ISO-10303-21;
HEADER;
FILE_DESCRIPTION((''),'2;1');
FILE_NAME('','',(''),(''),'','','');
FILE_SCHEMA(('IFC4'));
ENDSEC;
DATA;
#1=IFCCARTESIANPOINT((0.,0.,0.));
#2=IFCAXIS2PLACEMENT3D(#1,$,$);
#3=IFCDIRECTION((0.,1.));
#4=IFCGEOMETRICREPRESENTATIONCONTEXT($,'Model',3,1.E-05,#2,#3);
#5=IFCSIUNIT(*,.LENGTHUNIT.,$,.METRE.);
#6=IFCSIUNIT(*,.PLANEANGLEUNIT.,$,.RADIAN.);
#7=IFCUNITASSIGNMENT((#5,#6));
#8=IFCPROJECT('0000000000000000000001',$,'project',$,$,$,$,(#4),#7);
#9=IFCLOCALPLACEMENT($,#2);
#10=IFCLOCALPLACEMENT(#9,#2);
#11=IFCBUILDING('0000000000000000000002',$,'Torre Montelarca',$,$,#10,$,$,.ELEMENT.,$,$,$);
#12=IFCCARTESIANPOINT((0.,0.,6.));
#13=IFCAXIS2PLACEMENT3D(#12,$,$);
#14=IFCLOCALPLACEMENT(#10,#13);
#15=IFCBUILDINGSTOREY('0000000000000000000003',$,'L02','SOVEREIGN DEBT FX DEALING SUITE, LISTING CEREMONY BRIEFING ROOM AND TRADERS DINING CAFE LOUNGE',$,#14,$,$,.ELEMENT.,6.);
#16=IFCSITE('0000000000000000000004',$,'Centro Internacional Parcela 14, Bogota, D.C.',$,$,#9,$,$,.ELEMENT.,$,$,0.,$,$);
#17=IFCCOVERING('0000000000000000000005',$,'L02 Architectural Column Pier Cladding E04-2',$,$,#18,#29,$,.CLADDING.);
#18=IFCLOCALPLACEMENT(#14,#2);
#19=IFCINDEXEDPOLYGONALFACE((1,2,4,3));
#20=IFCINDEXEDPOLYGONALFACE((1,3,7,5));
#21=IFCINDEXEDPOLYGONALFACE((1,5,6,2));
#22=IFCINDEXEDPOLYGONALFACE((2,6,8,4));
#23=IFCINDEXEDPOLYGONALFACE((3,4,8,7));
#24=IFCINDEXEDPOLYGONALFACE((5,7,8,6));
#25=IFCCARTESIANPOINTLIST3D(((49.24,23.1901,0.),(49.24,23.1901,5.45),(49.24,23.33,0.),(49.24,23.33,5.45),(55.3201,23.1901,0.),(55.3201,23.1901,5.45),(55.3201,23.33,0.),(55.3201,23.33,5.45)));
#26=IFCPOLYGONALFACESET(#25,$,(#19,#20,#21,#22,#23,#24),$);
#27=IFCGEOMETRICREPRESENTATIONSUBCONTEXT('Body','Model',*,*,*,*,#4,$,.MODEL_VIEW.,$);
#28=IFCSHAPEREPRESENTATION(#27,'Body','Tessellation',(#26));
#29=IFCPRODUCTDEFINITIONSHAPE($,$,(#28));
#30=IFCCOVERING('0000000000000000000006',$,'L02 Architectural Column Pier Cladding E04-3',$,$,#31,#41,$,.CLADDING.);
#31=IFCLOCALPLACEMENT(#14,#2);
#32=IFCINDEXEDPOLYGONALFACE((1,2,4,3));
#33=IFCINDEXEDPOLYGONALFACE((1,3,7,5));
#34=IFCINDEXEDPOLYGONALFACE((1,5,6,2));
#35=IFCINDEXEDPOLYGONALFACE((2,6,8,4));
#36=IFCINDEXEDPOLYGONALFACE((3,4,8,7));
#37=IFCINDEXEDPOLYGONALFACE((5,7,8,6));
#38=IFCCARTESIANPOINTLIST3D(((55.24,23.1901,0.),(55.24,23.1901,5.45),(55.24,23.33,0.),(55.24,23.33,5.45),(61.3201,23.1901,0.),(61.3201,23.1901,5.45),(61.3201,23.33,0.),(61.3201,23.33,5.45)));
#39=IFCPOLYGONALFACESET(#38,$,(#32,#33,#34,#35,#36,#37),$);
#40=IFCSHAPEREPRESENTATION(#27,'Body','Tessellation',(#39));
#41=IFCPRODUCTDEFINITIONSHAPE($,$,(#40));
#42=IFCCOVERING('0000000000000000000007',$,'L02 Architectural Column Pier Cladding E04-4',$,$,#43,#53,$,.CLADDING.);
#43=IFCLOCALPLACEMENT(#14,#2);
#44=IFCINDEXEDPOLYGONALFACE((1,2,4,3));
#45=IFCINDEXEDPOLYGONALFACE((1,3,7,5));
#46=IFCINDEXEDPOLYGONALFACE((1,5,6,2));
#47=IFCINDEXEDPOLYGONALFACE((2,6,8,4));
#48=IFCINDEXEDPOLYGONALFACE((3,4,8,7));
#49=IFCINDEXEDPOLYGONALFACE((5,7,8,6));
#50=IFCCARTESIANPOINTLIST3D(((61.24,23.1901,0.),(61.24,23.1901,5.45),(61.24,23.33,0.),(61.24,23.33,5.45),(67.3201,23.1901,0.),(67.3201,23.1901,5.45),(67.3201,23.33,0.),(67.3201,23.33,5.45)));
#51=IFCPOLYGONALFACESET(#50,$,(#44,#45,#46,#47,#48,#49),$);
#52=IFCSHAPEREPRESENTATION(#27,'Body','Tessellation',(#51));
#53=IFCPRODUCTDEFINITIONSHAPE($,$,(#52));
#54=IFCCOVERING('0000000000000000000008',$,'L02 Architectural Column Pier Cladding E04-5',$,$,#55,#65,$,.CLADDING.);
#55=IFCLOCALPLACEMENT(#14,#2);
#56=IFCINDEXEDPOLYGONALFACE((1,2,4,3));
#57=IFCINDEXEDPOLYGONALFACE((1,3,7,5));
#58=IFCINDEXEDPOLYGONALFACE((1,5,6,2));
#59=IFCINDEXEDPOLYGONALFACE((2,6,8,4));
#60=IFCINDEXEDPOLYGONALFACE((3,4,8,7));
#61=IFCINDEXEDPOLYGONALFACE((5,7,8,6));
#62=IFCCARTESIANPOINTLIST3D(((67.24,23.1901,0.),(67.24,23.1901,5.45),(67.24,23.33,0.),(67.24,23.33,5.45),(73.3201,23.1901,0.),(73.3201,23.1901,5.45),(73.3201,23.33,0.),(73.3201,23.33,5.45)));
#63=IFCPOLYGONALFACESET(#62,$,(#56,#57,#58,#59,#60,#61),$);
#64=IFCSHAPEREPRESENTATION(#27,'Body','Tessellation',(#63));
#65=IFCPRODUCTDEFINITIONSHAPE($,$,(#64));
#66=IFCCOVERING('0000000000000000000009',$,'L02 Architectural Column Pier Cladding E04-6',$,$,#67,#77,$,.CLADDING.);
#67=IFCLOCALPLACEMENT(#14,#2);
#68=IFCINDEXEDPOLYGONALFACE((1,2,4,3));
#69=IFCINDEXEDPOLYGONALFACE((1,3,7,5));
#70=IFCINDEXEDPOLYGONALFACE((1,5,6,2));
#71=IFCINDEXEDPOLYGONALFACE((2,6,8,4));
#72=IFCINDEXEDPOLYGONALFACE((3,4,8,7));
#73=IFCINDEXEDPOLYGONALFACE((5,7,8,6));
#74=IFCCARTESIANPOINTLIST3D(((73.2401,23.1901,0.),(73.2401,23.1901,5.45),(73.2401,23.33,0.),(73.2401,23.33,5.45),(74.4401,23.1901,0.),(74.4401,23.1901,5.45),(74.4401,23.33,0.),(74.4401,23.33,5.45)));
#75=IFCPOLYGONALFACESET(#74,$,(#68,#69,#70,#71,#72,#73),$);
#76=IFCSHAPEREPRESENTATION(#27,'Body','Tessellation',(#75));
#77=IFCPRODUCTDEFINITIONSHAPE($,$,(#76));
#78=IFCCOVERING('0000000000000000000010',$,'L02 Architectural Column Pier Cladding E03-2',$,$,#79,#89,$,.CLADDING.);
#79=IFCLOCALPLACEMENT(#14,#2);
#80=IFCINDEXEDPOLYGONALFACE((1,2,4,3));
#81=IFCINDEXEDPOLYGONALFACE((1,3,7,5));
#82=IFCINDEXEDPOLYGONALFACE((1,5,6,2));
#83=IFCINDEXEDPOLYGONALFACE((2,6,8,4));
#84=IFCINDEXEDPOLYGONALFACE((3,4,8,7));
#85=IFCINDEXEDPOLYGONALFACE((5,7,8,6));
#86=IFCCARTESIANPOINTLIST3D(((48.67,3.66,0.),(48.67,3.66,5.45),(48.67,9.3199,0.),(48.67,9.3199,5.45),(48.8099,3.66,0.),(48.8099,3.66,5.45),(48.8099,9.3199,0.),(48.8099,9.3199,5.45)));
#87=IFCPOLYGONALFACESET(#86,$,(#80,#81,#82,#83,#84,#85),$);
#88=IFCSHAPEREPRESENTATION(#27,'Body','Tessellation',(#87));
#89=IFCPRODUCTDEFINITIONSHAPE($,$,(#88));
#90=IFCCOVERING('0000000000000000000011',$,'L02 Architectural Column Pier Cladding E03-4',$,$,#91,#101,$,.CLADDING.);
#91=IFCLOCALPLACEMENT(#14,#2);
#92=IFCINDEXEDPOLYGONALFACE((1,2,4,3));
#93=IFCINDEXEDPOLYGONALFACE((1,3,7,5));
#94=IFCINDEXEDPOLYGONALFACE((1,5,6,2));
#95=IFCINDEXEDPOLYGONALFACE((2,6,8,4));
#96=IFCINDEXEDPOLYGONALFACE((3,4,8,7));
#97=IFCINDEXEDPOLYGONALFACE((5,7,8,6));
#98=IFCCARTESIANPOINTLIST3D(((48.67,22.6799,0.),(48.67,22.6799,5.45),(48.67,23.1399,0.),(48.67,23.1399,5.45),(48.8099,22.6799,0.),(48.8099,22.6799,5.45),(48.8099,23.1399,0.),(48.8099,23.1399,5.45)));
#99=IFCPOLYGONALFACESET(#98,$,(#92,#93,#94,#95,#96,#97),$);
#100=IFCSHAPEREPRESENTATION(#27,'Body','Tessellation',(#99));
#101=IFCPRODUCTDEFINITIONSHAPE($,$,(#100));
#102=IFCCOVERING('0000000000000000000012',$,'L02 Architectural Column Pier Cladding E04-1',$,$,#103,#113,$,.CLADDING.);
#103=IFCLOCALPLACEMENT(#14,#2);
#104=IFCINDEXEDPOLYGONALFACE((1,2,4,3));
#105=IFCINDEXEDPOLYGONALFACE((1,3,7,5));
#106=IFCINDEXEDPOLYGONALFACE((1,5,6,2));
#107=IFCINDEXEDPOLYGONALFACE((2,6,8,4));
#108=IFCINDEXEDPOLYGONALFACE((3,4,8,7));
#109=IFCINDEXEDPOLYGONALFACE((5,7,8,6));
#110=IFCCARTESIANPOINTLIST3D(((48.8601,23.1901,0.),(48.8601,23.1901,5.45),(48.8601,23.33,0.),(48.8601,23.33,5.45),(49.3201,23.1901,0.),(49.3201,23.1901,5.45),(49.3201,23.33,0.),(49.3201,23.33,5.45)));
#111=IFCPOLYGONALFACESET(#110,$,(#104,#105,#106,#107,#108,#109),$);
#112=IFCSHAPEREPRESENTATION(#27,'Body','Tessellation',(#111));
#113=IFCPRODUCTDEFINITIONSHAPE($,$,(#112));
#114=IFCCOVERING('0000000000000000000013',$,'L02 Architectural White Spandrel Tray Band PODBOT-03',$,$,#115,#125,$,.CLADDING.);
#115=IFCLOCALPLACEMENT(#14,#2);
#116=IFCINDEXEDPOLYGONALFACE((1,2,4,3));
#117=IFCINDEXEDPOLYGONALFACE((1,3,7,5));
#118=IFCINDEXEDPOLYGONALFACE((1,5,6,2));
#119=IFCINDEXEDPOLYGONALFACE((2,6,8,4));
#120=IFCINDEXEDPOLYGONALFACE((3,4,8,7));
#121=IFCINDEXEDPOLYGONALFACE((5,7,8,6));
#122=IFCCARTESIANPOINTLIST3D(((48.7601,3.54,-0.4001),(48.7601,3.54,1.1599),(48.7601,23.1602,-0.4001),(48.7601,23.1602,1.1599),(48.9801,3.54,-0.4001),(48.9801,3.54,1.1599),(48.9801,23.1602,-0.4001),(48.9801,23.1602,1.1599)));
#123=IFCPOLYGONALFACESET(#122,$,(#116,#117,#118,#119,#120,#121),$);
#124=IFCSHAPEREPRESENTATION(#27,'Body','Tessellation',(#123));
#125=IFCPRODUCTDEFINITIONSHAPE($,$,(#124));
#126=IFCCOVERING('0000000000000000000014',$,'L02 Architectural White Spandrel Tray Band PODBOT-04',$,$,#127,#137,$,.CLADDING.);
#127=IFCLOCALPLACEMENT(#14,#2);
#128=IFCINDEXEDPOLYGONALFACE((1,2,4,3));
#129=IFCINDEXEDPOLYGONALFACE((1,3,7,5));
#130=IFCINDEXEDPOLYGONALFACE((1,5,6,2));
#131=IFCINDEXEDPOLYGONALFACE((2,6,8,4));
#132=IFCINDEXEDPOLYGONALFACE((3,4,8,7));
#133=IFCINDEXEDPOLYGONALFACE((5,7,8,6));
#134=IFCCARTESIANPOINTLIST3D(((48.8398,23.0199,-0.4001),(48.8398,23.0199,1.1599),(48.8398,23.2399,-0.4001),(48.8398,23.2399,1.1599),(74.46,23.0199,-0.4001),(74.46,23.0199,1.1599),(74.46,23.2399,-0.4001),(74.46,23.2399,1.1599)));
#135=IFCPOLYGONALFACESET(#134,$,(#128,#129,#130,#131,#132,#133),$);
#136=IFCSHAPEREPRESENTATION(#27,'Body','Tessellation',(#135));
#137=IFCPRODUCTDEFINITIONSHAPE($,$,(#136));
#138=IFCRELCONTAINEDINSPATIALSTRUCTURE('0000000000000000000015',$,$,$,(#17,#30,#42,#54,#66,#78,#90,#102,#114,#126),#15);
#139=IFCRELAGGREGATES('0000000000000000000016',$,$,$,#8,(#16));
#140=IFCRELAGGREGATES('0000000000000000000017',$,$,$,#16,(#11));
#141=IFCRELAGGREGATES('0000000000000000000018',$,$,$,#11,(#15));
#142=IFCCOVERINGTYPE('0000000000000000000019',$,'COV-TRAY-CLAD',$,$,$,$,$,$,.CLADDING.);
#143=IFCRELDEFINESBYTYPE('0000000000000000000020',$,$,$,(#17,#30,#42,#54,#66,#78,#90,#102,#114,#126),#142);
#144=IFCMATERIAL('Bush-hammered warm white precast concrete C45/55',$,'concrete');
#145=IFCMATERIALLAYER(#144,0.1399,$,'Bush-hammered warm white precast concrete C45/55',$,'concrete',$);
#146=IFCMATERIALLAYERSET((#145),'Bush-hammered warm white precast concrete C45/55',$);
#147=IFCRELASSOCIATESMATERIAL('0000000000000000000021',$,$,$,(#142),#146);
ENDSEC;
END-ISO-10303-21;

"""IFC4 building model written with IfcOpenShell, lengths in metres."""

from ifc_helpers import new_model, si_unit, direction, frame, origin, origin_2d, place, context, subcontext, project, spatial, rectangle, extrude, source, transform, mapped, material, layer, layer_set, type_object, element, save


model = new_model("IFC4")

# Units and contexts
model_context = context("Model", 3, precision=1e-05, world=origin(), true_north=direction((0.0, 1.0)))
body_context = subcontext(model_context, "Body", "Model", "MODEL_VIEW")
ifc_project = project(units=[si_unit("LENGTHUNIT", "METRE"), si_unit("PLANEANGLEUNIT", "RADIAN")], contexts=[model_context])

# Site, building, storey
site_placement = place(None, origin())
site = spatial("IfcSite", under=ifc_project, at=site_placement, Name="Centro Internacional Parcela 14, Bogota, D.C.", CompositionType="ELEMENT", RefElevation=0.0)
building_placement = place(site_placement, origin())
building = spatial("IfcBuilding", under=site, at=building_placement, Name="Torre Montelarca", CompositionType="ELEMENT")
storey_placement = place(building_placement, frame((0.0, 0.0, 6.0)))
storey = spatial("IfcBuildingStorey", under=building, at=storey_placement, Name="L02", Description="SOVEREIGN DEBT FX DEALING SUITE, LISTING CEREMONY BRIEFING ROOM AND TRADERS DINING CAFE LOUNGE", CompositionType="ELEMENT", Elevation=6.0)

# Coverings
ifc_material_1 = material(Name="Bush-hammered warm white precast concrete C45/55", Category="concrete")
ifc_layer_1 = layer(ifc_material_1, 0.1399, Name="Bush-hammered warm white precast concrete C45/55", Category="concrete")
ifc_layer_set_1 = layer_set([ifc_layer_1], Name="Bush-hammered warm white precast concrete C45/55")
covering_type = type_object("IfcCoveringType", Name="COV-TRAY-CLAD", PredefinedType="CLADDING", material=ifc_layer_set_1)
shared_shape_1 = source(origin(), body_context, "Body", "SweptSolid", [
    extrude(rectangle(XDim=6.0801, YDim=0.1399, at=origin_2d()), origin(), (0.0, 0.0, 1.0), 5.45),
])
for number, where, z_axis, x_axis, name in (
    (1, (52.28, 23.26, 0.0), (0.0, 0.0, 1.0), (1.0, 0.0, 0.0), "L02 Architectural Column Pier Cladding E04-2"),
    (2, (58.28, 23.26, 0.0), (0.0, 0.0, 1.0), (1.0, 0.0, 0.0), "L02 Architectural Column Pier Cladding E04-3"),
    (3, (64.28, 23.26, 0.0), (0.0, 0.0, 1.0), (1.0, 0.0, 0.0), "L02 Architectural Column Pier Cladding E04-4"),
    (4, (70.28, 23.26, 0.0), (0.0, 0.0, 1.0), (1.0, 0.0, 0.0), "L02 Architectural Column Pier Cladding E04-5"),
):
    element("IfcCovering", number, at=place(storey_placement, frame(where, z_axis=z_axis, x_axis=x_axis)), inside=storey, type_object=covering_type, Name=name, PredefinedType="CLADDING", context=body_context, shape_type="MappedRepresentation", body=[
        mapped(shared_shape_1, transform((0.0, 0.0, 0.0), scale=1.0)),
    ])
shared_shape_2 = source(origin(), body_context, "Body", "SweptSolid", [
    extrude(rectangle(XDim=1.2, YDim=0.1399, at=origin_2d()), origin(), (0.0, 0.0, 1.0), 5.45),
])
covering_1_placement = place(storey_placement, frame((73.8401, 23.26, 0.0), z_axis=(0.0, 0.0, 1.0), x_axis=(1.0, 0.0, 0.0)))
element("IfcCovering", 5, at=covering_1_placement, inside=storey, type_object=covering_type, Name="L02 Architectural Column Pier Cladding E04-6", PredefinedType="CLADDING", context=body_context, shape_type="MappedRepresentation", body=[
    mapped(shared_shape_2, transform((0.0, 0.0, 0.0), scale=1.0)),
])
shared_shape_3 = source(origin(), body_context, "Body", "SweptSolid", [
    extrude(rectangle(XDim=5.6599, YDim=0.1399, at=origin_2d()), origin(), (0.0, 0.0, 1.0), 5.45),
])
covering_2_placement = place(storey_placement, frame((48.74, 6.49, 0.0), z_axis=(0.0, 0.0, 1.0), x_axis=(0.0, 1.0, 0.0)))
element("IfcCovering", 6, at=covering_2_placement, inside=storey, type_object=covering_type, Name="L02 Architectural Column Pier Cladding E03-2", PredefinedType="CLADDING", context=body_context, shape_type="MappedRepresentation", body=[
    mapped(shared_shape_3, transform((0.0, 0.0, 0.0), scale=1.0)),
])
shared_shape_4 = source(origin(), body_context, "Body", "SweptSolid", [
    extrude(rectangle(XDim=0.46, YDim=0.1399, at=origin_2d()), origin(), (0.0, 0.0, 1.0), 5.45),
])
for number, where, z_axis, x_axis, name in (
    (7, (48.74, 22.9099, 0.0), (0.0, 0.0, 1.0), (0.0, 1.0, 0.0), "L02 Architectural Column Pier Cladding E03-4"),
    (8, (49.0901, 23.26, 0.0), (0.0, 0.0, 1.0), (1.0, 0.0, 0.0), "L02 Architectural Column Pier Cladding E04-1"),
):
    element("IfcCovering", number, at=place(storey_placement, frame(where, z_axis=z_axis, x_axis=x_axis)), inside=storey, type_object=covering_type, Name=name, PredefinedType="CLADDING", context=body_context, shape_type="MappedRepresentation", body=[
        mapped(shared_shape_4, transform((0.0, 0.0, 0.0), scale=1.0)),
    ])
shared_shape_5 = source(origin(), body_context, "Body", "SweptSolid", [
    extrude(rectangle(XDim=19.6201, YDim=0.22, at=origin_2d()), origin(), (0.0, 0.0, 1.0), 1.5601),
])
covering_3_placement = place(storey_placement, frame((48.8701, 13.3501, -0.4001), z_axis=(0.0, 0.0, 1.0), x_axis=(0.0, 1.0, 0.0)))
element("IfcCovering", 9, at=covering_3_placement, inside=storey, type_object=covering_type, Name="L02 Architectural White Spandrel Tray Band PODBOT-03", PredefinedType="CLADDING", context=body_context, shape_type="MappedRepresentation", body=[
    mapped(shared_shape_5, transform((0.0, 0.0, 0.0), scale=1.0)),
])
shared_shape_6 = source(origin(), body_context, "Body", "SweptSolid", [
    extrude(rectangle(XDim=25.6201, YDim=0.22, at=origin_2d()), origin(), (0.0, 0.0, 1.0), 1.5601),
])
covering_4_placement = place(storey_placement, frame((61.6499, 23.1299, -0.4001), z_axis=(0.0, 0.0, 1.0), x_axis=(1.0, 0.0, 0.0)))
element("IfcCovering", 10, at=covering_4_placement, inside=storey, type_object=covering_type, Name="L02 Architectural White Spandrel Tray Band PODBOT-04", PredefinedType="CLADDING", context=body_context, shape_type="MappedRepresentation", body=[
    mapped(shared_shape_6, transform((0.0, 0.0, 0.0), scale=1.0)),
])

save(model, "model.ifc")
